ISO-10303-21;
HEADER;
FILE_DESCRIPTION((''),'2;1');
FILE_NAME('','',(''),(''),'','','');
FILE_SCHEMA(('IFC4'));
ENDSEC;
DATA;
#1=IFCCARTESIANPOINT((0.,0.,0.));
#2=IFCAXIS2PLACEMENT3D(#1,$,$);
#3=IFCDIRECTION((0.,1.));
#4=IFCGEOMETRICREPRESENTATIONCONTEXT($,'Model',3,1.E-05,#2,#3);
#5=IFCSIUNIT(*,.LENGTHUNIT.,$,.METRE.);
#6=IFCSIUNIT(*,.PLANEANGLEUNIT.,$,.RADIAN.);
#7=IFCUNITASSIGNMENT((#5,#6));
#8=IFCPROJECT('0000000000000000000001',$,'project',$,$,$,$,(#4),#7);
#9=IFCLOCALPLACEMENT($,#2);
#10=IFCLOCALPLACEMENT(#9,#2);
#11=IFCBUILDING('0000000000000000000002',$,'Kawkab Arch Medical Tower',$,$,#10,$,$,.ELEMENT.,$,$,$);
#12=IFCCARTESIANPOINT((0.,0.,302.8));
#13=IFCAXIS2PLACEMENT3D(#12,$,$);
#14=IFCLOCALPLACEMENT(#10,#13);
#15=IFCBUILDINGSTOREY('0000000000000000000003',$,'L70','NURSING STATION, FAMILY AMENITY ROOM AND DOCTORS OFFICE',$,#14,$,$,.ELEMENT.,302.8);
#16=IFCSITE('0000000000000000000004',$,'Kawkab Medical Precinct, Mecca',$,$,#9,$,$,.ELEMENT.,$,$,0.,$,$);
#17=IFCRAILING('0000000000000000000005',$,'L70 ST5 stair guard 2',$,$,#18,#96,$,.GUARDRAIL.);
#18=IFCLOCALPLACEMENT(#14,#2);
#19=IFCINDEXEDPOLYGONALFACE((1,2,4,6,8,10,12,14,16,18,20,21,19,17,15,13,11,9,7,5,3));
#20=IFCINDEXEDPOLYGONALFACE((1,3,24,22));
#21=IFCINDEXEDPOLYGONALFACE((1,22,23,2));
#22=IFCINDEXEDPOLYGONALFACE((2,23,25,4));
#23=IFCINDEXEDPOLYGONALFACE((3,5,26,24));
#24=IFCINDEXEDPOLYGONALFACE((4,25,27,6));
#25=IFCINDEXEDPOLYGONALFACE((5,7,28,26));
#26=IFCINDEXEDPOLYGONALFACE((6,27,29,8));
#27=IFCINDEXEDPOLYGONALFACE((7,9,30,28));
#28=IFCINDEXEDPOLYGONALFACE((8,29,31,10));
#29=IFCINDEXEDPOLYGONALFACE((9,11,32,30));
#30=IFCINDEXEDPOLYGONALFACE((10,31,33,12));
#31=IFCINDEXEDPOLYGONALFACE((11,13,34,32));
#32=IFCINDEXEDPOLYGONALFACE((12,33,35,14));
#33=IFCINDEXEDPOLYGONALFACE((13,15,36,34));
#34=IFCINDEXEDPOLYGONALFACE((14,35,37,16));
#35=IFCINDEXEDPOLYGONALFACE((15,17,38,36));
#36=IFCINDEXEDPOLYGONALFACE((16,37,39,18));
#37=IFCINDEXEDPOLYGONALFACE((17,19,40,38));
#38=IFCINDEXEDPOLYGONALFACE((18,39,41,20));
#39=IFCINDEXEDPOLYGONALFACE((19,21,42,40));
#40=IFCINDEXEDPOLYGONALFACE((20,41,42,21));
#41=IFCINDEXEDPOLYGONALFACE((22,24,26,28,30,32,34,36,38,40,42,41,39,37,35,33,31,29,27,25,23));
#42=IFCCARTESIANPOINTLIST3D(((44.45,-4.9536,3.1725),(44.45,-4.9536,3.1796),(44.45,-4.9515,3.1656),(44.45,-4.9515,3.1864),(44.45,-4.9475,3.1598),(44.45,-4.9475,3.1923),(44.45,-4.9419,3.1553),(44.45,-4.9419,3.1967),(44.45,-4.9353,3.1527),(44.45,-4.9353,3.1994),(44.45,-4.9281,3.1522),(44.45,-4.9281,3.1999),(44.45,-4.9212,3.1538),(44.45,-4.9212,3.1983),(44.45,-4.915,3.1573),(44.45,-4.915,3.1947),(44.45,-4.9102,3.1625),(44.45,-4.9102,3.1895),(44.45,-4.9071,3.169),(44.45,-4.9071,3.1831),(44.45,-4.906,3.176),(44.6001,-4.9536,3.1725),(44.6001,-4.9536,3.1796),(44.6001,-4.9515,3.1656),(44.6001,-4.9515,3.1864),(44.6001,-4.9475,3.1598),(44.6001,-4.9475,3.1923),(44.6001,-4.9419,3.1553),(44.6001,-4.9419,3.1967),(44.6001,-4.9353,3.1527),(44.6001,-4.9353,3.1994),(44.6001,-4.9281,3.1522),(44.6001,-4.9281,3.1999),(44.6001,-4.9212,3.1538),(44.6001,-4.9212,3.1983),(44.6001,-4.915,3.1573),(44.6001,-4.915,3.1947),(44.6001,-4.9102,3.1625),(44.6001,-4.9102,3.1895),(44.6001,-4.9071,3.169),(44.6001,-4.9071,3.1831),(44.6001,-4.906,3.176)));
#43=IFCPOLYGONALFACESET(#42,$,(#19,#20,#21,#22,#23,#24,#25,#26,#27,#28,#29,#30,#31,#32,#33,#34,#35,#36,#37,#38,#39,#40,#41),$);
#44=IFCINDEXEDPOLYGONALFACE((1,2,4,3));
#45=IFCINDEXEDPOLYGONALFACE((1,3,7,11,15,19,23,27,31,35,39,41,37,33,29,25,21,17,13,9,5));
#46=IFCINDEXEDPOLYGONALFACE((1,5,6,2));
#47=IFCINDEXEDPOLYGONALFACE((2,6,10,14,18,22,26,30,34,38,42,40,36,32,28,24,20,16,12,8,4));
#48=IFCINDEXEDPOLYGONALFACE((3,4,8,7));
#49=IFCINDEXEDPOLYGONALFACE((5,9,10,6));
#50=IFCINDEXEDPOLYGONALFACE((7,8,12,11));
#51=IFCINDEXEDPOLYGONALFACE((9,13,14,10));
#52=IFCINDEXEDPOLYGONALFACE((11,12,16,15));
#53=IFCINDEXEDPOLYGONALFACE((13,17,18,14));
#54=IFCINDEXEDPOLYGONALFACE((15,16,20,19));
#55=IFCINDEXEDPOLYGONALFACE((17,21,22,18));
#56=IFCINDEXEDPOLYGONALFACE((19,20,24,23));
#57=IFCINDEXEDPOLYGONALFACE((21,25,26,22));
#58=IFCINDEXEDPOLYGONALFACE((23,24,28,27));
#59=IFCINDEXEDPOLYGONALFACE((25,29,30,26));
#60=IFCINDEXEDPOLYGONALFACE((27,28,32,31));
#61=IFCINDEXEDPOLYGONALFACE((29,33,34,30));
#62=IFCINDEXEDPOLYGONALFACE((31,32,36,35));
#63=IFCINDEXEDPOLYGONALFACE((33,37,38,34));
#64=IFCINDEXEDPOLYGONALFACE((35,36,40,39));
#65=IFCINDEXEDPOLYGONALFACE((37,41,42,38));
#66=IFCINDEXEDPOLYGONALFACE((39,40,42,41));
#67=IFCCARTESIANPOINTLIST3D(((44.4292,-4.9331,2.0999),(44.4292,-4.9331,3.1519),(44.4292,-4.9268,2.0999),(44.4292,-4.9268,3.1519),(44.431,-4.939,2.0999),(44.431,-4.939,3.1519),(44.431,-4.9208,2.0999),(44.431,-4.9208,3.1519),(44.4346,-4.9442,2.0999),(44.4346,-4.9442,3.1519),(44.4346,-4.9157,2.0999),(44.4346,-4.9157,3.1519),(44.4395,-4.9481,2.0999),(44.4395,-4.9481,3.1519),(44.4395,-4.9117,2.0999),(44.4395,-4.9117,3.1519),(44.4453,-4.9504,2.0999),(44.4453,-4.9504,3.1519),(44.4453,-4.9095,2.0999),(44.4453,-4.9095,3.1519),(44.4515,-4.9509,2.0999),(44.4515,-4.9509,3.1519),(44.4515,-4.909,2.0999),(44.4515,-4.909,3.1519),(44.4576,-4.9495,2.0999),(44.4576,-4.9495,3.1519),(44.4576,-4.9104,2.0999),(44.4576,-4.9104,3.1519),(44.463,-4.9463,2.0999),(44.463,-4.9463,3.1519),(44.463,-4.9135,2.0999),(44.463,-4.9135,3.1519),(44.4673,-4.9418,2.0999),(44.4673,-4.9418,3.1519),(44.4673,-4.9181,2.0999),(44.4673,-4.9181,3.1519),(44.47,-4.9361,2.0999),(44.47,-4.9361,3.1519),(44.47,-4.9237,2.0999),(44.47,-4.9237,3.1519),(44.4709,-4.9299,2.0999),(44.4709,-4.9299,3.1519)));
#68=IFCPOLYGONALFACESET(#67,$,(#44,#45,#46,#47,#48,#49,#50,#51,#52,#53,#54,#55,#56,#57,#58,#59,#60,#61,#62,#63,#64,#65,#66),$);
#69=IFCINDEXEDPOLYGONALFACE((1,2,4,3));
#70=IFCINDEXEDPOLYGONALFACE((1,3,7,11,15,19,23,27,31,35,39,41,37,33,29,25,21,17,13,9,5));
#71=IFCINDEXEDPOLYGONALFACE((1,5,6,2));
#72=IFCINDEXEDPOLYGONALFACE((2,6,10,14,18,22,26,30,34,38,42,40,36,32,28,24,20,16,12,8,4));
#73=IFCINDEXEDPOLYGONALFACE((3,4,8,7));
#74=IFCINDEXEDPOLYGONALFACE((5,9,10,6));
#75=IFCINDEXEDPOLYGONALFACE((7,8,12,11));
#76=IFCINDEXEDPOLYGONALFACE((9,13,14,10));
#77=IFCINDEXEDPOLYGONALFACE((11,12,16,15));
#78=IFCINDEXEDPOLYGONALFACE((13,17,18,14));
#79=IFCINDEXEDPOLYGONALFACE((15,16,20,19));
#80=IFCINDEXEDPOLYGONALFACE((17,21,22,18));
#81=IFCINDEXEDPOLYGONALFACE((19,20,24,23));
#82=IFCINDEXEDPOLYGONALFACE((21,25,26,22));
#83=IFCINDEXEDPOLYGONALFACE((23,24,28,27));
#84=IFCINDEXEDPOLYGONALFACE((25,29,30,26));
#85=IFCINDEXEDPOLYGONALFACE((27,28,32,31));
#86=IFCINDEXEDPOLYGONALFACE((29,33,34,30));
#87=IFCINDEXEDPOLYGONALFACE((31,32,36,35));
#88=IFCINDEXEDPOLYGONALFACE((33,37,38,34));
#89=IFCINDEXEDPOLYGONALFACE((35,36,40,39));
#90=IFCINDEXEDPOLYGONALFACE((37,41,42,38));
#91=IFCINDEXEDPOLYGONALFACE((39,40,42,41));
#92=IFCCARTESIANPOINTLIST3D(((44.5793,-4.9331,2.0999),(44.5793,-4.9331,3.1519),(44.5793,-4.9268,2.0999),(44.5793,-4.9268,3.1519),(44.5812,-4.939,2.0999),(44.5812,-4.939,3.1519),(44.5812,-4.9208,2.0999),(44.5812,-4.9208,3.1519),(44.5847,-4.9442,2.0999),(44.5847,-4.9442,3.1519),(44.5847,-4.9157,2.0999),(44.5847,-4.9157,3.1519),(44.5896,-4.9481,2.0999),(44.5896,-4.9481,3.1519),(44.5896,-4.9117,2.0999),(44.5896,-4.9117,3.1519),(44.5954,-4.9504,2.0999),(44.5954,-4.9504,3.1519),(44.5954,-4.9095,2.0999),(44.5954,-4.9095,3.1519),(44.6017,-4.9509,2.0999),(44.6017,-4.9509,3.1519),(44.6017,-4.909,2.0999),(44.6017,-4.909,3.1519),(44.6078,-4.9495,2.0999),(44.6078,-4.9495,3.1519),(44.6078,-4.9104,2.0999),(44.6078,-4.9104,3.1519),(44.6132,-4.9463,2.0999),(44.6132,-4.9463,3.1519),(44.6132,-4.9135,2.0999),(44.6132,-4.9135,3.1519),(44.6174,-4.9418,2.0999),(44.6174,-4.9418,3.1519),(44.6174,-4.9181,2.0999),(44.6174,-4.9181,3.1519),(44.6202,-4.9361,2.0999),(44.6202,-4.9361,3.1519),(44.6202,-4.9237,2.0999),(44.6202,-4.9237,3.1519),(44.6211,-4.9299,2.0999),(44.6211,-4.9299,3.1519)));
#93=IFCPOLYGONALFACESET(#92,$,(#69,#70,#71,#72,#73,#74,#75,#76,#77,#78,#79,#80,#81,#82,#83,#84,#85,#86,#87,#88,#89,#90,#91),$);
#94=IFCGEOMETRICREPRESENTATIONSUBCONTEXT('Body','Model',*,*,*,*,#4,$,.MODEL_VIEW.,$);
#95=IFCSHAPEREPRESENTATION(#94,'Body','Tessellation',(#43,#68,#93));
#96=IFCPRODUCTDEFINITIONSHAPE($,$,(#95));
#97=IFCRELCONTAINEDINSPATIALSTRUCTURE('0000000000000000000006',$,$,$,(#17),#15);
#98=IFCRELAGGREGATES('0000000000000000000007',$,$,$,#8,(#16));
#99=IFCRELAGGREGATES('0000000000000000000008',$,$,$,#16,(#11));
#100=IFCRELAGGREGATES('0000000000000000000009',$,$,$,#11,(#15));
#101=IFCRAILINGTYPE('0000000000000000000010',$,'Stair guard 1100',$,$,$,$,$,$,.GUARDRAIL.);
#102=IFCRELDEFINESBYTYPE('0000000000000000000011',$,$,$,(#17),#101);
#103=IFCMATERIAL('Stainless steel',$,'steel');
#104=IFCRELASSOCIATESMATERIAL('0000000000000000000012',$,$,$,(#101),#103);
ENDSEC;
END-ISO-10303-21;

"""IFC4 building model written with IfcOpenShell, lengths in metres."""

from ifc_helpers import new_model, si_unit, direction, frame, origin, origin_2d, place, context, subcontext, project, spatial, circle, extrude, material, type_object, element, save


model = new_model("IFC4")

# Units and contexts
model_context = context("Model", 3, precision=1e-05, world=origin(), true_north=direction((0.0, 1.0)))
body_context = subcontext(model_context, "Body", "Model", "MODEL_VIEW")
ifc_project = project(units=[si_unit("LENGTHUNIT", "METRE"), si_unit("PLANEANGLEUNIT", "RADIAN")], contexts=[model_context])

# Site, building, storey
site_placement = place(None, origin())
site = spatial("IfcSite", under=ifc_project, at=site_placement, Name="Kawkab Medical Precinct, Mecca", CompositionType="ELEMENT", RefElevation=0.0)
building_placement = place(site_placement, origin())
building = spatial("IfcBuilding", under=site, at=building_placement, Name="Kawkab Arch Medical Tower", CompositionType="ELEMENT")
storey_placement = place(building_placement, frame((0.0, 0.0, 302.8)))
storey = spatial("IfcBuildingStorey", under=building, at=storey_placement, Name="L70", Description="NURSING STATION, FAMILY AMENITY ROOM AND DOCTORS OFFICE", CompositionType="ELEMENT", Elevation=302.8)

# Railing
ifc_material_1 = material(Name="Stainless steel", Category="steel")
railing_type = type_object("IfcRailingType", Name="Stair guard 1100", PredefinedType="GUARDRAIL", material=ifc_material_1)
railing_1_placement = place(storey_placement, frame((44.45, -4.9299, 2.0999)))
element("IfcRailing", 1, at=railing_1_placement, inside=storey, type_object=railing_type, Name="L70 ST5 stair guard 2", PredefinedType="GUARDRAIL", context=body_context, shape_type="SweptSolid", body=[
    extrude(circle(Radius=0.0239, at=origin_2d()), frame((0.0, 0.0, 1.0762), z_axis=(1.0, 0.0, 0.0), x_axis=(0.0, 1.0, 0.0)), (0.0, 0.0, 1.0), 0.1501),
    extrude(circle(Radius=0.021, at=origin_2d()), origin(), (0.0, 0.0, 1.0), 1.052),
    extrude(circle(Radius=0.021, at=origin_2d()), frame((0.1501, 0.0, 0.0)), (0.0, 0.0, 1.0), 1.052),
])

save(model, "model.ifc")
